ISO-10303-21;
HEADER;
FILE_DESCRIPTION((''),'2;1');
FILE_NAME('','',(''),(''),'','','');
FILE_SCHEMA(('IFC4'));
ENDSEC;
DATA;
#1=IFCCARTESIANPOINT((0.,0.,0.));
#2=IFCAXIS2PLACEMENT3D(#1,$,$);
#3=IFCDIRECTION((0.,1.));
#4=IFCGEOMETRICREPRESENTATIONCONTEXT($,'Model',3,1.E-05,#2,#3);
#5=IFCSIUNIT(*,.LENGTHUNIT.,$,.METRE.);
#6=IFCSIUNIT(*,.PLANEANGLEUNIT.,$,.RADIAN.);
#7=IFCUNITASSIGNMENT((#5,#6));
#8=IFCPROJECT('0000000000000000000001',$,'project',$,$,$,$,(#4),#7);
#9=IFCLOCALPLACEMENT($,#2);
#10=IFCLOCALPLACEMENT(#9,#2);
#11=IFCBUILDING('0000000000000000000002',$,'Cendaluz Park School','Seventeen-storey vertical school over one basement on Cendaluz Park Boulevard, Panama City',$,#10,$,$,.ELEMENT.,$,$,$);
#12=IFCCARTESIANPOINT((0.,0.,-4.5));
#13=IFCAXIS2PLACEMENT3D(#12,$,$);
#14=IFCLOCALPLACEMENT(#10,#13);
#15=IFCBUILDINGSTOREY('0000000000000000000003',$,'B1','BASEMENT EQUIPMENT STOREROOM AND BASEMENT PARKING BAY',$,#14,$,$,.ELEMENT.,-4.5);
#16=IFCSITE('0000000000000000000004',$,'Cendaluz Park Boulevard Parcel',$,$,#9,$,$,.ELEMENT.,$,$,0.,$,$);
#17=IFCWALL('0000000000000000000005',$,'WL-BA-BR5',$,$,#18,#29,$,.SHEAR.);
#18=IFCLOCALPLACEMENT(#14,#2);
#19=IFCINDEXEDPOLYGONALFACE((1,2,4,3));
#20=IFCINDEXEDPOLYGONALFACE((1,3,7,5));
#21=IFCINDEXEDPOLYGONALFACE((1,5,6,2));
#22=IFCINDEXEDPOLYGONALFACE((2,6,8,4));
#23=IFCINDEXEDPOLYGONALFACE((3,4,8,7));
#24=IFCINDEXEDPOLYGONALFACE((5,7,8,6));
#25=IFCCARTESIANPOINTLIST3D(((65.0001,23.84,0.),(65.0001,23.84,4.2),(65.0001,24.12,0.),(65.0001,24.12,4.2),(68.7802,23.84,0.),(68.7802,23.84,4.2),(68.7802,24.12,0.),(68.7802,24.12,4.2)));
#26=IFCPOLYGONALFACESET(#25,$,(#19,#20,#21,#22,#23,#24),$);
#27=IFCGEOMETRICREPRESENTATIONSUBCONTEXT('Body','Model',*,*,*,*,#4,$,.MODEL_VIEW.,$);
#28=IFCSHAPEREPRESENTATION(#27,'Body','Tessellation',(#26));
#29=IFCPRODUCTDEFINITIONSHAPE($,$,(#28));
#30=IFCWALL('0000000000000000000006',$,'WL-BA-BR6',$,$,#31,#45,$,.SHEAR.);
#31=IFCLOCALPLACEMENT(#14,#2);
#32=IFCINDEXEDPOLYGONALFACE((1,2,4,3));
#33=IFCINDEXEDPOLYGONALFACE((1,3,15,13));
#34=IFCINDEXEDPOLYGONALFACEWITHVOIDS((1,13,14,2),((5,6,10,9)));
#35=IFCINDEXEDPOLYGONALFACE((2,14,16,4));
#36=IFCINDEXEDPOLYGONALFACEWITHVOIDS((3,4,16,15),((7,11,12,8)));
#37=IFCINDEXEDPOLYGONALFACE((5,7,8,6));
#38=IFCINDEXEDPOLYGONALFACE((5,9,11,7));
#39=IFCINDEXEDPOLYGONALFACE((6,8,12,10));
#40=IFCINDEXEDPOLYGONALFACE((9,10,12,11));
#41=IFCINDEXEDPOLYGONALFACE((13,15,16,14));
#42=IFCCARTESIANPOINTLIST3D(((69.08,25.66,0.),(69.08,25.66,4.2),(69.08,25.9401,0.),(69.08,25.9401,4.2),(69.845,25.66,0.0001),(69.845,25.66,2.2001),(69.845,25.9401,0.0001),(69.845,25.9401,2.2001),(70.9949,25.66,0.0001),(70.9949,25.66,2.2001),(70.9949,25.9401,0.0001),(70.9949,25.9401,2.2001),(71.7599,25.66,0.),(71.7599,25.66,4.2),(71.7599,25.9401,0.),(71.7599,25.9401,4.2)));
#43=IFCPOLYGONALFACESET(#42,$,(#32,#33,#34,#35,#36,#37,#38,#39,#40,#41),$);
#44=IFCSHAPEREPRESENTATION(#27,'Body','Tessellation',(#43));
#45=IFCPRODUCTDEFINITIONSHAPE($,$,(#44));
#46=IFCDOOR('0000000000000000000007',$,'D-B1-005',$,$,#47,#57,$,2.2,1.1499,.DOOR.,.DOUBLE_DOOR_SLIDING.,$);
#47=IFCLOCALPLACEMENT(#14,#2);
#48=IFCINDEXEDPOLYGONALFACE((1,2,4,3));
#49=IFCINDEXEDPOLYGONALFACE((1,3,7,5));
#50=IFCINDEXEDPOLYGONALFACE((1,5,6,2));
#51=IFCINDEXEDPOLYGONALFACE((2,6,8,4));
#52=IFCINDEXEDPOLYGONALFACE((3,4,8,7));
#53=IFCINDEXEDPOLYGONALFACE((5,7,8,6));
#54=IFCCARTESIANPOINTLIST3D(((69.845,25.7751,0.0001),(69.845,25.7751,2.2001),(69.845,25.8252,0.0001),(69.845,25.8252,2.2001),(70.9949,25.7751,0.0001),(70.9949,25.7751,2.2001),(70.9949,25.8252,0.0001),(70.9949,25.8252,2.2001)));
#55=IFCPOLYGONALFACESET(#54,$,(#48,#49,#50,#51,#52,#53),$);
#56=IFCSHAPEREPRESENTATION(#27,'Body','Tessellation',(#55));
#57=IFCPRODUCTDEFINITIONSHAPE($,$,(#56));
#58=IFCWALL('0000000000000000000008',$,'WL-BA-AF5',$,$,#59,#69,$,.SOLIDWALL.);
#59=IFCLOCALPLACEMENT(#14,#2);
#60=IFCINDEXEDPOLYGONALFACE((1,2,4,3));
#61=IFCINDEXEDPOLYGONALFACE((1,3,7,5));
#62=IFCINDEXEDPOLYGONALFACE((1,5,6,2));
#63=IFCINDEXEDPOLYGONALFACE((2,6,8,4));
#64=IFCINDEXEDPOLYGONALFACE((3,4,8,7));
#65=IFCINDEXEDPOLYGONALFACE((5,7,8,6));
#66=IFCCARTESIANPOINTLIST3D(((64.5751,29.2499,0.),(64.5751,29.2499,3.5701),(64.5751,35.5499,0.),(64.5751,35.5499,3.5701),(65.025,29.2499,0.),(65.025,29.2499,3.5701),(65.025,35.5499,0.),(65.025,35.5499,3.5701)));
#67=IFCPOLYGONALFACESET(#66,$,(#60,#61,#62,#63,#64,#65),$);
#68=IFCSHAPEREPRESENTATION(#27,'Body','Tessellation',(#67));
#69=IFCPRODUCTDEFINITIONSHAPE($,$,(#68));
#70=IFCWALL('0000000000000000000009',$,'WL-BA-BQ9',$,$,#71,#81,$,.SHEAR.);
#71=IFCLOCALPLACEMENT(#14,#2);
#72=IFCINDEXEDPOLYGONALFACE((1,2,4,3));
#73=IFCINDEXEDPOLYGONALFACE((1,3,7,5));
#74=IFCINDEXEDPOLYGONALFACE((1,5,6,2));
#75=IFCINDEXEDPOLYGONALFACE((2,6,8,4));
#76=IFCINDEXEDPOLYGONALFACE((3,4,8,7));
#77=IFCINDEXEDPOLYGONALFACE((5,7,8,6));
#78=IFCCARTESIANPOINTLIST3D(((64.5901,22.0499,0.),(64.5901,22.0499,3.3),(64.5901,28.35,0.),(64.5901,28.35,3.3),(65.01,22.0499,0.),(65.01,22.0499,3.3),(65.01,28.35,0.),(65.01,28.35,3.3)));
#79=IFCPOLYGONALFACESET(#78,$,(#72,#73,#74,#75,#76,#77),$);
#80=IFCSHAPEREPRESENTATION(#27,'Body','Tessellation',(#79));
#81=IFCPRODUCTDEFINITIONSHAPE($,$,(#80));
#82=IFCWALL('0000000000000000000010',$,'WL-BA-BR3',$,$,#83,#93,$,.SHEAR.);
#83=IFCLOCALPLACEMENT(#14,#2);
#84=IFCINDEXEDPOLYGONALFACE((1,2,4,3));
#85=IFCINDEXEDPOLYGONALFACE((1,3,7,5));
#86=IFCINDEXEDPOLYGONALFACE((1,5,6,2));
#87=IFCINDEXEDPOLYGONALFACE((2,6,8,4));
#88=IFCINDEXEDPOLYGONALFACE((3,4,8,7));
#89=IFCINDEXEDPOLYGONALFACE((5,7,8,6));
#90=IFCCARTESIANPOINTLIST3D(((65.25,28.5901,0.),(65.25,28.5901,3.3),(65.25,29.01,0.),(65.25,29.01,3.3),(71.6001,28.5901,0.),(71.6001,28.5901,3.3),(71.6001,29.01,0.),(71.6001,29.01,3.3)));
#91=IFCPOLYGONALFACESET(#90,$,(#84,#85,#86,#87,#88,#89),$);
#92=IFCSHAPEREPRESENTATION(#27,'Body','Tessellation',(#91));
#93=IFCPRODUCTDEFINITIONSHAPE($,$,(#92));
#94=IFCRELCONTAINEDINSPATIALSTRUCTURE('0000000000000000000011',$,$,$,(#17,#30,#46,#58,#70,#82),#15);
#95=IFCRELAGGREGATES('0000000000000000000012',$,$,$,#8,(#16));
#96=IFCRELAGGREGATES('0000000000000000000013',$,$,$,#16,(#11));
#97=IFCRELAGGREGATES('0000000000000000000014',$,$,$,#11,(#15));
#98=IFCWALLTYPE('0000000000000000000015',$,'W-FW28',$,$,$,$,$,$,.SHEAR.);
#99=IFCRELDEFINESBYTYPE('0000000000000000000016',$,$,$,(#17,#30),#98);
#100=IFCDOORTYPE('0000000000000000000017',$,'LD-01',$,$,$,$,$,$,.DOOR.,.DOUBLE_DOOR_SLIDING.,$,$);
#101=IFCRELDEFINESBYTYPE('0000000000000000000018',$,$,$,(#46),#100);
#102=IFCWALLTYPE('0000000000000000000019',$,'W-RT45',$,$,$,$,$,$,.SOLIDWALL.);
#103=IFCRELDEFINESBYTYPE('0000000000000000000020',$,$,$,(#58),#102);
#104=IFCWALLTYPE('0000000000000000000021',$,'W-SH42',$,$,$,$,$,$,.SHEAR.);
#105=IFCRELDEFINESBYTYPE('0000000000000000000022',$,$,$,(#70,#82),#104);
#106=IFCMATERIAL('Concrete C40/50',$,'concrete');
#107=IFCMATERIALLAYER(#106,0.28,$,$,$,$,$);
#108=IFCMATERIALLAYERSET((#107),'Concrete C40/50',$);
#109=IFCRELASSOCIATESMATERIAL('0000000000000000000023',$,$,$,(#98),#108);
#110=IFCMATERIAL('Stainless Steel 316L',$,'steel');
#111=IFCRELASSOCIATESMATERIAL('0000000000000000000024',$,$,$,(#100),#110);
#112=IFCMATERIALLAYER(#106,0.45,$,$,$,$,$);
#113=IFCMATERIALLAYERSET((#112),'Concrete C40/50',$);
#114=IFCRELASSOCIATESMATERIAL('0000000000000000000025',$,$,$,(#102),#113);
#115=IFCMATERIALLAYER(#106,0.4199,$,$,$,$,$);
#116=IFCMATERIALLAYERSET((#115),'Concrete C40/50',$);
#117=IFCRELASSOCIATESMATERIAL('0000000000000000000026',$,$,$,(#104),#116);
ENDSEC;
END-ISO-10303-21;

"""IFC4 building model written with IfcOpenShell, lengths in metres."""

from ifc_helpers import new_model, si_unit, direction, frame, frame_2d, origin, place, context, subcontext, project, spatial, rectangle, extrude, material, layer, layer_set, type_object, element, fill, save


model = new_model("IFC4")

# Units and contexts
model_context = context("Model", 3, precision=1e-05, world=origin(), true_north=direction((0.0, 1.0)))
body_context = subcontext(model_context, "Body", "Model", "MODEL_VIEW")
ifc_project = project(units=[si_unit("LENGTHUNIT", "METRE"), si_unit("PLANEANGLEUNIT", "RADIAN")], contexts=[model_context])

# Site, building, storey
site_placement = place(None, origin())
site = spatial("IfcSite", under=ifc_project, at=site_placement, Name="Cendaluz Park Boulevard Parcel", CompositionType="ELEMENT", RefElevation=0.0)
building_placement = place(site_placement, origin())
building = spatial("IfcBuilding", under=site, at=building_placement, Name="Cendaluz Park School", Description="Seventeen-storey vertical school over one basement on Cendaluz Park Boulevard, Panama City", CompositionType="ELEMENT")
storey_placement = place(building_placement, frame((0.0, 0.0, -4.5)))
storey = spatial("IfcBuildingStorey", under=building, at=storey_placement, Name="B1", Description="BASEMENT EQUIPMENT STOREROOM AND BASEMENT PARKING BAY", CompositionType="ELEMENT", Elevation=-4.5)

# Shared definitions
ifc_material_1 = material(Name="Concrete C40/50", Category="concrete")

# Wall
ifc_layer_1 = layer(ifc_material_1, 0.28)
ifc_layer_set_1 = layer_set([ifc_layer_1], Name="Concrete C40/50")
wall_type_1 = type_object("IfcWallType", Name="W-FW28", PredefinedType="SHEAR", material=ifc_layer_set_1)
wall_1_placement = place(storey_placement, frame((65.0, 23.98, 0.0), z_axis=(0.0, 0.0, 1.0), x_axis=(1.0, 0.0, 0.0)))
element("IfcWall", 1, at=wall_1_placement, inside=storey, type_object=wall_type_1, Name="WL-BA-BR5", PredefinedType="SHEAR", context=body_context, shape_type="SweptSolid", body=[
    extrude(rectangle(XDim=3.78, YDim=0.28, at=frame_2d((1.8901, 0.0))), origin(), (0.0, 0.0, 1.0), 4.2),
])

# Wall, opening, door
wall_2_placement = place(storey_placement, frame((69.0801, 25.8, 0.0), z_axis=(0.0, 0.0, 1.0), x_axis=(1.0, 0.0, 0.0)))
wall_2 = element("IfcWall", 2, at=wall_2_placement, inside=storey, type_object=wall_type_1, Name="WL-BA-BR6", PredefinedType="SHEAR", context=body_context, shape_type="SweptSolid", body=[
    extrude(rectangle(XDim=2.6799, YDim=0.28, at=frame_2d((1.3398, 0.0))), origin(), (0.0, 0.0, 1.0), 4.2),
])
opening_placement = place(wall_2_placement, frame((0.7649, 0.0, 0.0)))
opening = element("IfcOpeningElement", 3, at=opening_placement, cuts=wall_2, PredefinedType="OPENING", context=body_context, shape_type="SweptSolid", body=[
    extrude(rectangle(XDim=1.1499, YDim=2.2, at=frame_2d((0.575, 1.1001))), frame((0.0, 0.1521, 0.0), z_axis=(0.0, -1.0, 0.0), x_axis=(1.0, 0.0, 0.0)), (0.0, 0.0, 1.0), 0.304),
])
ifc_material_2 = material(Name="Stainless Steel 316L", Category="steel")
door_type = type_object("IfcDoorType", Name="LD-01", OperationType="DOUBLE_DOOR_SLIDING", PredefinedType="DOOR", material=ifc_material_2)
door_placement = place(opening_placement, frame((1.1499, 0.0, 0.0), z_axis=(0.0, 0.0, 1.0), x_axis=(-1.0, 0.0, 0.0)))
door = element("IfcDoor", 4, at=door_placement, inside=storey, type_object=door_type, Name="D-B1-005", OperationType="DOUBLE_DOOR_SLIDING", OverallHeight=2.2, OverallWidth=1.1499, PredefinedType="DOOR", context=body_context, shape_type="SweptSolid", body=[
    extrude(rectangle(XDim=1.1499, YDim=2.2, at=frame_2d((0.575, 1.1001))), frame((0.0, 0.0249, 0.0), z_axis=(0.0, -1.0, 0.0), x_axis=(1.0, 0.0, 0.0)), (0.0, 0.0, 1.0), 0.05),
])
fill(opening, door)

# Walls
ifc_layer_2 = layer(ifc_material_1, 0.45)
ifc_layer_set_2 = layer_set([ifc_layer_2], Name="Concrete C40/50")
wall_type_2 = type_object("IfcWallType", Name="W-RT45", PredefinedType="SOLIDWALL", material=ifc_layer_set_2)
wall_3_placement = place(storey_placement, frame((64.8, 29.25, 0.0), z_axis=(0.0, 0.0, 1.0), x_axis=(0.0, 1.0, 0.0)))
element("IfcWall", 5, at=wall_3_placement, inside=storey, type_object=wall_type_2, Name="WL-BA-AF5", PredefinedType="SOLIDWALL", context=body_context, shape_type="SweptSolid", body=[
    extrude(rectangle(XDim=6.3, YDim=0.45, at=frame_2d((3.1499, 0.0))), origin(), (0.0, 0.0, 1.0), 3.5701),
])
ifc_layer_3 = layer(ifc_material_1, 0.4199)
ifc_layer_set_3 = layer_set([ifc_layer_3], Name="Concrete C40/50")
wall_type_3 = type_object("IfcWallType", Name="W-SH42", PredefinedType="SHEAR", material=ifc_layer_set_3)
wall_4_placement = place(storey_placement, frame((64.8, 22.05, 0.0), z_axis=(0.0, 0.0, 1.0), x_axis=(0.0, 1.0, 0.0)))
element("IfcWall", 6, at=wall_4_placement, inside=storey, type_object=wall_type_3, Name="WL-BA-BQ9", PredefinedType="SHEAR", context=body_context, shape_type="SweptSolid", body=[
    extrude(rectangle(XDim=6.3, YDim=0.4199, at=frame_2d((3.1499, 0.0))), origin(), (0.0, 0.0, 1.0), 3.3),
])
wall_5_placement = place(storey_placement, frame((65.25, 28.8, 0.0), z_axis=(0.0, 0.0, 1.0), x_axis=(1.0, 0.0, 0.0)))
element("IfcWall", 7, at=wall_5_placement, inside=storey, type_object=wall_type_3, Name="WL-BA-BR3", PredefinedType="SHEAR", context=body_context, shape_type="SweptSolid", body=[
    extrude(rectangle(XDim=6.3501, YDim=0.4199, at=frame_2d((3.175, 0.0))), origin(), (0.0, 0.0, 1.0), 3.3),
])

save(model, "model.ifc")
